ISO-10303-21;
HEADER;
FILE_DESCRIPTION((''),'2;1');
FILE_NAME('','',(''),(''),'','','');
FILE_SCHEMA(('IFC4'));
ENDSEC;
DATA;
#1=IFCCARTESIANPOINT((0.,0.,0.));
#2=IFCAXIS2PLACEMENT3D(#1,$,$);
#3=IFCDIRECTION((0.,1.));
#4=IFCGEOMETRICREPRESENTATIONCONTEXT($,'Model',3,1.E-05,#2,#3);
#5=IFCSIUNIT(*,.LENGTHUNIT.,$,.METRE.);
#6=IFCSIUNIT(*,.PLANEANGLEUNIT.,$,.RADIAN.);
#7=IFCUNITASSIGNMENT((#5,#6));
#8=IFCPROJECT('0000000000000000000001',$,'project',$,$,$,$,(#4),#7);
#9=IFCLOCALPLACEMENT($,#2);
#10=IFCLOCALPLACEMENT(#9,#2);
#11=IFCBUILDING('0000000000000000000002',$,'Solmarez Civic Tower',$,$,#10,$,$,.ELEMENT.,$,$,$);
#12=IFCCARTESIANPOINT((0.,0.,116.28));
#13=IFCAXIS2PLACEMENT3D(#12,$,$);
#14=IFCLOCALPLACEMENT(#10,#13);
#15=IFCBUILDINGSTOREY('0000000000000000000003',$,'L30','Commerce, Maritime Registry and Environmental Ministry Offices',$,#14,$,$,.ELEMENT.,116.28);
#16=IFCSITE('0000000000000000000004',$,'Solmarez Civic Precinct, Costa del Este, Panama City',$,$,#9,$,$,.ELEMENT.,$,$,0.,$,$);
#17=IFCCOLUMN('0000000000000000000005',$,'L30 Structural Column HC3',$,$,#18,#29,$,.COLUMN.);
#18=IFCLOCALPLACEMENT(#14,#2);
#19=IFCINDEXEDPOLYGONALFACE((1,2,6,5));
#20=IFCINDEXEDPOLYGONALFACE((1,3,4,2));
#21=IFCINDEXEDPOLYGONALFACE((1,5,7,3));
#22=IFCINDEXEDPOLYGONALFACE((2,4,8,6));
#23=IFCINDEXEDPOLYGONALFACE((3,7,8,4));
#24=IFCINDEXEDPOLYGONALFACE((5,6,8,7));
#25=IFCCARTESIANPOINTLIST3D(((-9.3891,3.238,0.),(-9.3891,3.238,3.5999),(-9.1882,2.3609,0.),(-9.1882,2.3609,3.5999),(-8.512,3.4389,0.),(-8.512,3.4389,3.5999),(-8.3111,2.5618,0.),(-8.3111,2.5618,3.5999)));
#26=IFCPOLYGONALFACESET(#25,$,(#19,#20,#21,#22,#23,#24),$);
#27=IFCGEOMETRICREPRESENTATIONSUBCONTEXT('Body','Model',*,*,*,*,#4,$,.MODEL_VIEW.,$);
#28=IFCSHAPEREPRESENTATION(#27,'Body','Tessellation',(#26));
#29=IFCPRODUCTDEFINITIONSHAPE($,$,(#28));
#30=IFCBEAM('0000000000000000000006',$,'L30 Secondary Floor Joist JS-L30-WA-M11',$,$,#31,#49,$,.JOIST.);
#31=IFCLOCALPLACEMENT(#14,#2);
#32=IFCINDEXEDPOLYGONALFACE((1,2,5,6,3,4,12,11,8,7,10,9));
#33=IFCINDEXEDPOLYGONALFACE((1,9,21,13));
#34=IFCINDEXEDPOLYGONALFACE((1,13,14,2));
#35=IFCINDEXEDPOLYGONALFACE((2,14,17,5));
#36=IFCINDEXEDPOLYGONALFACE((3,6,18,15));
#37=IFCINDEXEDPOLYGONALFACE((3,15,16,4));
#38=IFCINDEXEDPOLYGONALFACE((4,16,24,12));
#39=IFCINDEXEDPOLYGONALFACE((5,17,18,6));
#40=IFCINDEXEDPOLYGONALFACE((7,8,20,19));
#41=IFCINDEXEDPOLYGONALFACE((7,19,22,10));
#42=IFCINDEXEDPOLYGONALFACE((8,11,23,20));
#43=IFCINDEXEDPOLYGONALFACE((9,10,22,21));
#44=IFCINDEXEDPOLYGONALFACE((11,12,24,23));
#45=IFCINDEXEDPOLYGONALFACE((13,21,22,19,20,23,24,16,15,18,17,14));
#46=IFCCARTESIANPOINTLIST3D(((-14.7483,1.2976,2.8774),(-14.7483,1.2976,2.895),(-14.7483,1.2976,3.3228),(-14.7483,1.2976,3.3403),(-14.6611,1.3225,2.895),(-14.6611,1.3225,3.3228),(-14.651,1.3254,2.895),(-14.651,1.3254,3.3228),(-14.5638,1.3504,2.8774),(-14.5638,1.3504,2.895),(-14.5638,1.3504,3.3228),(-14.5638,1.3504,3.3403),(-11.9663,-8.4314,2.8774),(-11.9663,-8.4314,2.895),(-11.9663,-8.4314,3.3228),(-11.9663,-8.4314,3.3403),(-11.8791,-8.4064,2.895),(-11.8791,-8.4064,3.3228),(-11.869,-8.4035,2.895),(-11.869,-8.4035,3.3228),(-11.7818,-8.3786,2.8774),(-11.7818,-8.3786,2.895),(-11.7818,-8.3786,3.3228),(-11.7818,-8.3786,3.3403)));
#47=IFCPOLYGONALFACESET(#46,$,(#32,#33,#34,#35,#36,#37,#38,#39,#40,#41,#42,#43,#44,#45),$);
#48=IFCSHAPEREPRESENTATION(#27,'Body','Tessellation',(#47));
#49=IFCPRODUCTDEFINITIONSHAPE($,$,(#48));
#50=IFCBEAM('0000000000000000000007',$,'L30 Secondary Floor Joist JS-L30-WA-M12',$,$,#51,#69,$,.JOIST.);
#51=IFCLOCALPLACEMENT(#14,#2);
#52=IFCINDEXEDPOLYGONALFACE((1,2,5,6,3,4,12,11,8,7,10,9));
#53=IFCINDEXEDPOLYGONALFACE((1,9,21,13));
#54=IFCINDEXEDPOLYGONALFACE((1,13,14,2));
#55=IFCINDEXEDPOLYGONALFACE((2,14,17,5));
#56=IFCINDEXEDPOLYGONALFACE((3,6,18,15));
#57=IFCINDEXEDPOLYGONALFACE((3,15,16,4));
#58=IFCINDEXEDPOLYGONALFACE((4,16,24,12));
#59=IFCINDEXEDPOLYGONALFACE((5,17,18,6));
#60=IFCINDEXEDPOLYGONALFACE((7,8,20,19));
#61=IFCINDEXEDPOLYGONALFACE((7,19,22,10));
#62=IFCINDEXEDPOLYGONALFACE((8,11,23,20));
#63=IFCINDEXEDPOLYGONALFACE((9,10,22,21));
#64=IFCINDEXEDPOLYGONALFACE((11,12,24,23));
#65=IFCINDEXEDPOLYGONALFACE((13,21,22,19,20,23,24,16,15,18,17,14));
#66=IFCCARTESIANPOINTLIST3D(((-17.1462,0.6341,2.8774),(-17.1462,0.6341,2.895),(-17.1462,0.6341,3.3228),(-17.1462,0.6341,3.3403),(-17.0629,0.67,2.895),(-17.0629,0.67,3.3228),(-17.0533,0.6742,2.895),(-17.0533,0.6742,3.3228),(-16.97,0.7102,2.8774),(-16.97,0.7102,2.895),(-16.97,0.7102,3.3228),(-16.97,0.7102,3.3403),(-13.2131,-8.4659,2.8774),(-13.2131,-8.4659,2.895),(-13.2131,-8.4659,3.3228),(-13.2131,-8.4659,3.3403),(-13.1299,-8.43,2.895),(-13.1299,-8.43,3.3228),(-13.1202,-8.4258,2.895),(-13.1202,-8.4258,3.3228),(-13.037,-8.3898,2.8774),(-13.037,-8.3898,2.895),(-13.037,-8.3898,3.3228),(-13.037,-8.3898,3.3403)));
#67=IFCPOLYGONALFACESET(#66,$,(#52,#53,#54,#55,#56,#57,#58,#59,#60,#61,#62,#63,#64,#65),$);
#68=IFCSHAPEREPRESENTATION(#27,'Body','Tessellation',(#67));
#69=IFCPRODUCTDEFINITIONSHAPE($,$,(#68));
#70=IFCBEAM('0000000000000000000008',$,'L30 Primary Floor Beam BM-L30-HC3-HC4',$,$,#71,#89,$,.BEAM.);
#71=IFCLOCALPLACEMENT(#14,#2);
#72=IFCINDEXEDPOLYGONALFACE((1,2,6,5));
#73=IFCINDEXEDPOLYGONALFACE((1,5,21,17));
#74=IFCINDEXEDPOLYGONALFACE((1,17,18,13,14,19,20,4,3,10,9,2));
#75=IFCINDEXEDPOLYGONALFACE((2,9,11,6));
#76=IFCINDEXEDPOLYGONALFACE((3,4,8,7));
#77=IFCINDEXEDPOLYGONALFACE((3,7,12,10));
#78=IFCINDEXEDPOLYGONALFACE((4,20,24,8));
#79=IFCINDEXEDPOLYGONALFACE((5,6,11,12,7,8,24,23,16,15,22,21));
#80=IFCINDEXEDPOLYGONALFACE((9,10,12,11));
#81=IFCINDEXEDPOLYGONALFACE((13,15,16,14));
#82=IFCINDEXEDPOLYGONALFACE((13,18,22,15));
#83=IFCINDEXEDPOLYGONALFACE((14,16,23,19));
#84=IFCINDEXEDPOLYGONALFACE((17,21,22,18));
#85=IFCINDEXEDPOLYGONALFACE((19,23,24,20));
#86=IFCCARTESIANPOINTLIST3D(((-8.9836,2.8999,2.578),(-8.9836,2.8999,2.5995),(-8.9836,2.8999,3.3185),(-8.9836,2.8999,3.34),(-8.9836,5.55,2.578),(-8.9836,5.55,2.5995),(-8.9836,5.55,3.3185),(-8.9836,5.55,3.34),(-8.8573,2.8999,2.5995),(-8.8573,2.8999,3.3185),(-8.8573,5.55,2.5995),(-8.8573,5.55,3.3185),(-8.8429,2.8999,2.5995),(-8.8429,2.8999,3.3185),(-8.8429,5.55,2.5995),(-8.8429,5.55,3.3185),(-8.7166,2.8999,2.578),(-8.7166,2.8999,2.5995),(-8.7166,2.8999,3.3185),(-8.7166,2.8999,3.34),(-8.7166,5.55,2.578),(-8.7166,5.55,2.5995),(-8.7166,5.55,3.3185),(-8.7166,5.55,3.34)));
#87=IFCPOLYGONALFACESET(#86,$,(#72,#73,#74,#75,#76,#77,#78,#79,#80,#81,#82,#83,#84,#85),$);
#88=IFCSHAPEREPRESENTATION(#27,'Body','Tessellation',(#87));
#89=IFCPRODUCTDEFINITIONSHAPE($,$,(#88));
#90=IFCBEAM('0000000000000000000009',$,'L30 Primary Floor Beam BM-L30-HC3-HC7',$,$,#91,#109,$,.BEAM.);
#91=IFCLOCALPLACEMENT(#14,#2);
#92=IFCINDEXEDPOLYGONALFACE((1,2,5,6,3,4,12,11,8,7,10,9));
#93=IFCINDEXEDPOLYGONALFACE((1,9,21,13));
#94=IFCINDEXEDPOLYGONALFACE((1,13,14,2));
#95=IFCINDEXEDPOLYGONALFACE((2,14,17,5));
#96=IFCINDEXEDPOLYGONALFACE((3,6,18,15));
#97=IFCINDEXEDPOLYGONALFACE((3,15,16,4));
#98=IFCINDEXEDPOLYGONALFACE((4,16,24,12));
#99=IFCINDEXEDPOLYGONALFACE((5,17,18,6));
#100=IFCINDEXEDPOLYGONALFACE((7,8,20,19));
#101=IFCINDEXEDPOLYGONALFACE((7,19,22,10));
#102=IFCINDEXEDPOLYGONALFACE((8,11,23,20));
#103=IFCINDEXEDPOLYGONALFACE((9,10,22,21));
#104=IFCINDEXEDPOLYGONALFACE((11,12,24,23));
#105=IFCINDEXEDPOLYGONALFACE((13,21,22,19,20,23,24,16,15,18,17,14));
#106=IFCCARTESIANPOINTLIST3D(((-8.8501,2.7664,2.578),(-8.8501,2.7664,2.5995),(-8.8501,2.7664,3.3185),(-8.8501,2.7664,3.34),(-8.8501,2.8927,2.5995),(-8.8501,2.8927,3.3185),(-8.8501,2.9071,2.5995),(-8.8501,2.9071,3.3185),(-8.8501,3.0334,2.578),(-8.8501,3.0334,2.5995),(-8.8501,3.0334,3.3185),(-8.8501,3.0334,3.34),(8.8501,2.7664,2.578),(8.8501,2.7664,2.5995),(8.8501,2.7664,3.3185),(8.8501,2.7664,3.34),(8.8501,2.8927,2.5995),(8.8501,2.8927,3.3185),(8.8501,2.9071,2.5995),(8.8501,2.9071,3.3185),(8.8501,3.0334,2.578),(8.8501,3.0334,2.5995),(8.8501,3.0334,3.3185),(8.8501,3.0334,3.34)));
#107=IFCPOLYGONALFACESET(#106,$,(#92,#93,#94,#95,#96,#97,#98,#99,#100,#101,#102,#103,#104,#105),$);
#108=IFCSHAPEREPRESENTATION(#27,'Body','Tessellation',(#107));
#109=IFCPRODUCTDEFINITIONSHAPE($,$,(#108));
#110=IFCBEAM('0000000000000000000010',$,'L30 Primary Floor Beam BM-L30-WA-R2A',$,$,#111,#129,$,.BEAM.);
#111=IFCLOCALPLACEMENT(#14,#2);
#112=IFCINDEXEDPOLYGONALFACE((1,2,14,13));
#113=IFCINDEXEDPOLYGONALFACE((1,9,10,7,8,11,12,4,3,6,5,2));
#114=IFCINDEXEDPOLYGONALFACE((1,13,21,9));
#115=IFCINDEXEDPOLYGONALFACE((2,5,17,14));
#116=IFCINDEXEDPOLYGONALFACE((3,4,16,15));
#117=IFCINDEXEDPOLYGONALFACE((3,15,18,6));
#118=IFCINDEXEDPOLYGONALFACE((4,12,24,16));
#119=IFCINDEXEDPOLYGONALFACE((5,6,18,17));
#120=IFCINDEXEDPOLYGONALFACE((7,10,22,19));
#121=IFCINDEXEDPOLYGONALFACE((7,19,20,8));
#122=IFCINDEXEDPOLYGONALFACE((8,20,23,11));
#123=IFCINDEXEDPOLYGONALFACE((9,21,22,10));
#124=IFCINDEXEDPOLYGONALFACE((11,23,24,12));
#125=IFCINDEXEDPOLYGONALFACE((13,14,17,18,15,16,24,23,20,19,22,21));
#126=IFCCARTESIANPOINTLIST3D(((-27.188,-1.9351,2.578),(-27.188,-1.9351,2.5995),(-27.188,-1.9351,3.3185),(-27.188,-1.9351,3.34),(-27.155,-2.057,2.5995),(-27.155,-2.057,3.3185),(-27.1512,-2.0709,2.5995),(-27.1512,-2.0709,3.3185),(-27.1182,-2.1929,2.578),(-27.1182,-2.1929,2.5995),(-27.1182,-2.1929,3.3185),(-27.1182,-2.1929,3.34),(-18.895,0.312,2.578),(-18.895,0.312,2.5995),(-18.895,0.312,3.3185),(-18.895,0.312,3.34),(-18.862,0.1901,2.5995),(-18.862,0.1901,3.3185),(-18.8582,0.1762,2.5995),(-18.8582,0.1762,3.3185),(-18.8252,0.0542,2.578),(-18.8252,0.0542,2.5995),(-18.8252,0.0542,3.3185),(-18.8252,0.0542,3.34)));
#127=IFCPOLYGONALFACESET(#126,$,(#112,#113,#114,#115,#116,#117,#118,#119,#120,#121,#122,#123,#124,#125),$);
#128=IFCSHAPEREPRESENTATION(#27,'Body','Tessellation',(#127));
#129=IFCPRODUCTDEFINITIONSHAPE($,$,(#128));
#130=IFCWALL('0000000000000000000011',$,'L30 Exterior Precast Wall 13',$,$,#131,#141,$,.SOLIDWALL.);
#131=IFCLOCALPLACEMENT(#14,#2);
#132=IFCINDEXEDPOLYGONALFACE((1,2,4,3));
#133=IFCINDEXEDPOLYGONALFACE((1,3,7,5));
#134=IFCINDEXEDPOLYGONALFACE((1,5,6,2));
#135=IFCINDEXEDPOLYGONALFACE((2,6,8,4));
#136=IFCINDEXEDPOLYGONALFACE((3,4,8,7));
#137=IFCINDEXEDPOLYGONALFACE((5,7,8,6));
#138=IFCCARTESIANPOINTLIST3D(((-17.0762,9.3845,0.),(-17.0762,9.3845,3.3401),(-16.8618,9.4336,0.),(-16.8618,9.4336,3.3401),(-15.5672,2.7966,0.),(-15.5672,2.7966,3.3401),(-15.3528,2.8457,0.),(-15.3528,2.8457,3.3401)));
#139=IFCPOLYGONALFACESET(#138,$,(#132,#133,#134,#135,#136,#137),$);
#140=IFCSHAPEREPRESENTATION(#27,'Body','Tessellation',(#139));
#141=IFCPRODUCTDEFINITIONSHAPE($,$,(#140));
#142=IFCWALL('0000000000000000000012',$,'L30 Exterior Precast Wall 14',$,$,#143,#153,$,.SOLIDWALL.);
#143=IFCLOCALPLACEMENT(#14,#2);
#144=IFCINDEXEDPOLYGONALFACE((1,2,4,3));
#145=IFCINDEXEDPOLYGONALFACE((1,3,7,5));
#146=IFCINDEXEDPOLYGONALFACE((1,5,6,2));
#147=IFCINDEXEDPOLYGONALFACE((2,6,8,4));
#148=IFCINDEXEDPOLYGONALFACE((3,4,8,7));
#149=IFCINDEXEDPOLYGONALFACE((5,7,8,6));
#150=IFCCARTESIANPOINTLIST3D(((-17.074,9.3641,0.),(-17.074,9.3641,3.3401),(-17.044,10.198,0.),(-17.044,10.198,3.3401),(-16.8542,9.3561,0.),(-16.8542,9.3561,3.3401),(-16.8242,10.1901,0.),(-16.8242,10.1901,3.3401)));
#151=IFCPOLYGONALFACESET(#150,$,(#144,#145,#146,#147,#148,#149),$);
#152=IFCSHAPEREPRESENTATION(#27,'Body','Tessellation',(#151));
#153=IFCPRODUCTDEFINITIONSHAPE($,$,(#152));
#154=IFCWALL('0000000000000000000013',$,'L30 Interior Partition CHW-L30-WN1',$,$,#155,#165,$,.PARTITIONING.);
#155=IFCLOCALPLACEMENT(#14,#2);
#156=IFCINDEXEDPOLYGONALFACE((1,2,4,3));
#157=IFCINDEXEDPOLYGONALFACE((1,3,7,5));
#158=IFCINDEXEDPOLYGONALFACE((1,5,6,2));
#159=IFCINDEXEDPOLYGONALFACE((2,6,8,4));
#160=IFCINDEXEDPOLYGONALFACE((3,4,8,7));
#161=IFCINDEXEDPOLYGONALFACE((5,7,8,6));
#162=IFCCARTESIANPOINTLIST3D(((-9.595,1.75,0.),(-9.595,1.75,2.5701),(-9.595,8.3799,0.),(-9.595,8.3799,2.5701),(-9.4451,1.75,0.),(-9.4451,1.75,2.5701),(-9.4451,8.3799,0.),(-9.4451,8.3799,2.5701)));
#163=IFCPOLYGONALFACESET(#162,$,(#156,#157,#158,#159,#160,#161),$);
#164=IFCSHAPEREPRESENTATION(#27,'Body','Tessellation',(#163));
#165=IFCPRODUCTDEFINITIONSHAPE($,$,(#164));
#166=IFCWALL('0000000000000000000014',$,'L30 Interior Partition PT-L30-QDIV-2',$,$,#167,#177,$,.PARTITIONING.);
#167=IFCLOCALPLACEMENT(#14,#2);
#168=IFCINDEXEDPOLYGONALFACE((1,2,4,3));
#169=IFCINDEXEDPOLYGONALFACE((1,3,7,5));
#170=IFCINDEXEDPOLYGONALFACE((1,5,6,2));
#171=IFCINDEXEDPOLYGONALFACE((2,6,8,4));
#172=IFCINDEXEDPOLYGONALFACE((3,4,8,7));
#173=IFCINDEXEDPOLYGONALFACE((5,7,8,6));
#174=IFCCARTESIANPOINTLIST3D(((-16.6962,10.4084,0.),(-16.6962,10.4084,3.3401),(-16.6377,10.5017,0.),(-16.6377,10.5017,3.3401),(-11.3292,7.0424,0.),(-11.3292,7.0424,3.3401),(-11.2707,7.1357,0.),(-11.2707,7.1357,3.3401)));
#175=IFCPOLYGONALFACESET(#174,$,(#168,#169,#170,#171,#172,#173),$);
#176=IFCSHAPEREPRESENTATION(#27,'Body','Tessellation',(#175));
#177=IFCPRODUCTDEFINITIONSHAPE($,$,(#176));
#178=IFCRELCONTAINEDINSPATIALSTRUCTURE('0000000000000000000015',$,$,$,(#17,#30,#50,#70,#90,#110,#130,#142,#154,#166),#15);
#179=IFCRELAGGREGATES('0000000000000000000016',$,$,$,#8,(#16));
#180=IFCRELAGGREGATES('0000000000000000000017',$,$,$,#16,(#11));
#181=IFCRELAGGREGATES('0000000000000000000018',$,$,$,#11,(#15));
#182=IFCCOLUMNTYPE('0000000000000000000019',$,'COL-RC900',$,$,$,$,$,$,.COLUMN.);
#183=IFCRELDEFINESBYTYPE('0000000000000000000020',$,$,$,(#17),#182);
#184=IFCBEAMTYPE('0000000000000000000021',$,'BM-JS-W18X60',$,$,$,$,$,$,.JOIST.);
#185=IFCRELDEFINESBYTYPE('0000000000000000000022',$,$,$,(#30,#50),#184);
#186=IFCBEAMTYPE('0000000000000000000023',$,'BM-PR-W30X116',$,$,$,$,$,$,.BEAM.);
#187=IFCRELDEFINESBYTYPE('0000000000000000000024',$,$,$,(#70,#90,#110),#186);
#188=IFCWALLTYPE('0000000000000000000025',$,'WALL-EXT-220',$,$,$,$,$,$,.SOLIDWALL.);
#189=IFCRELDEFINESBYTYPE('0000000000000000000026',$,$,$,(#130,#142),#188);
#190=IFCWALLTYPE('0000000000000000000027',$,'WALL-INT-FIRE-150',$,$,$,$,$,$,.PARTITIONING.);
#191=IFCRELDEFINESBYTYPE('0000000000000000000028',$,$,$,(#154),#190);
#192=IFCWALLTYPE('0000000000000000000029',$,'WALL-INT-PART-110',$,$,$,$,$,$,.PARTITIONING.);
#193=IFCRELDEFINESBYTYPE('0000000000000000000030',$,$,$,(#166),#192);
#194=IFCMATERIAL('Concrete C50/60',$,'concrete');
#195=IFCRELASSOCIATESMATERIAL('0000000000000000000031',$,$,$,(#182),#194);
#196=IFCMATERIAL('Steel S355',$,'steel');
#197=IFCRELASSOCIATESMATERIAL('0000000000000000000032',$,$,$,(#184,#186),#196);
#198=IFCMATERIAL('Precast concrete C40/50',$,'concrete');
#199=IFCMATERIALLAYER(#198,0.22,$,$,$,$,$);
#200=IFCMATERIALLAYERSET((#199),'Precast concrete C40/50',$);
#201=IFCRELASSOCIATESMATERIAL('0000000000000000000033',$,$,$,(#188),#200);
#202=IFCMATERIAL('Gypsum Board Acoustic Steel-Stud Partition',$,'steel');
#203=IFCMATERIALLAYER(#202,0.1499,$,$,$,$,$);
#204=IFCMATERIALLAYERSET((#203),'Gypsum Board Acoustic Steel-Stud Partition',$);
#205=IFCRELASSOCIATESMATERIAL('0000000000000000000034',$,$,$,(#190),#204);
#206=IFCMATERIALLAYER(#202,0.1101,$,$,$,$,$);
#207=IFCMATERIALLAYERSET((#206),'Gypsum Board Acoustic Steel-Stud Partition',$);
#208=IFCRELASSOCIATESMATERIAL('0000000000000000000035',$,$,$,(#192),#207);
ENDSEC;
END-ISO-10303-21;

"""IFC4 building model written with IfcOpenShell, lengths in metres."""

from ifc_helpers import new_model, si_unit, direction, frame, frame_2d, origin, origin_2d, place, context, subcontext, project, spatial, rectangle, i_section, extrude, material, layer, layer_set, material_profile, profile_set, type_object, element, save


model = new_model("IFC4")

# Units and contexts
model_context = context("Model", 3, precision=1e-05, world=origin(), true_north=direction((0.0, 1.0)))
body_context = subcontext(model_context, "Body", "Model", "MODEL_VIEW")
ifc_project = project(units=[si_unit("LENGTHUNIT", "METRE"), si_unit("PLANEANGLEUNIT", "RADIAN")], contexts=[model_context])

# Site, building, storey
site_placement = place(None, origin())
site = spatial("IfcSite", under=ifc_project, at=site_placement, Name="Solmarez Civic Precinct, Costa del Este, Panama City", CompositionType="ELEMENT", RefElevation=0.0)
building_placement = place(site_placement, origin())
building = spatial("IfcBuilding", under=site, at=building_placement, Name="Solmarez Civic Tower", CompositionType="ELEMENT")
storey_placement = place(building_placement, frame((0.0, 0.0, 116.28)))
storey = spatial("IfcBuildingStorey", under=building, at=storey_placement, Name="L30", Description="Commerce, Maritime Registry and Environmental Ministry Offices", CompositionType="ELEMENT", Elevation=116.28)

# Column
ifc_material_1 = material(Name="Concrete C50/60", Category="concrete")
ifc_material_profile_1 = material_profile(ifc_material_1, rectangle(XDim=0.8999, YDim=0.8999, at=origin_2d()), Name="RC900X900")
ifc_profile_set_1 = profile_set([ifc_material_profile_1], Name="Concrete C50/60")
column_type = type_object("IfcColumnType", Name="COL-RC900", PredefinedType="COLUMN", material=ifc_profile_set_1)
column_placement = place(storey_placement, frame((-8.8501, 2.8999, 0.0), z_axis=(0.0, 0.0, 1.0), x_axis=(0.974761, 0.22325, 0.0)))
element("IfcColumn", 1, at=column_placement, inside=storey, type_object=column_type, Name="L30 Structural Column HC3", PredefinedType="COLUMN", context=body_context, shape_type="SweptSolid", body=[
    extrude(rectangle(XDim=0.8999, YDim=0.8999, at=origin_2d()), origin(), (0.0, 0.0, 1.0), 3.5999),
])

# Beams
ifc_material_2 = material(Name="Steel S355", Category="steel")
ifc_material_profile_2 = material_profile(ifc_material_2, i_section(OverallWidth=0.1919, OverallDepth=0.4629, WebThickness=0.0105, FlangeThickness=0.0176, at=origin_2d()), Name="W18X60")
ifc_profile_set_2 = profile_set([ifc_material_profile_2], Name="Steel S355")
beam_type_1 = type_object("IfcBeamType", Name="BM-JS-W18X60", PredefinedType="JOIST", material=ifc_profile_set_2)
beam_1_placement = place(storey_placement, frame((-14.656, 1.324, 3.1089), z_axis=(0.274928, -0.961465, 0.0), x_axis=(0.961465, 0.274928, 0.0)))
element("IfcBeam", 2, at=beam_1_placement, inside=storey, type_object=beam_type_1, Name="L30 Secondary Floor Joist JS-L30-WA-M11", PredefinedType="JOIST", context=body_context, shape_type="SweptSolid", body=[
    extrude(i_section(OverallWidth=0.1919, OverallDepth=0.4629, WebThickness=0.0105, FlangeThickness=0.0176, at=origin_2d()), origin(), (0.0, 0.0, 1.0), 10.1189),
])
beam_2_placement = place(storey_placement, frame((-17.0581, 0.6721, 3.1089), z_axis=(0.396735, -0.917933, 0.0), x_axis=(0.917933, 0.396735, 0.0)))
element("IfcBeam", 3, at=beam_2_placement, inside=storey, type_object=beam_type_1, Name="L30 Secondary Floor Joist JS-L30-WA-M12", PredefinedType="JOIST", context=body_context, shape_type="SweptSolid", body=[
    extrude(i_section(OverallWidth=0.1919, OverallDepth=0.4629, WebThickness=0.0105, FlangeThickness=0.0176, at=origin_2d()), origin(), (0.0, 0.0, 1.0), 9.9136),
])
ifc_material_profile_3 = material_profile(ifc_material_2, i_section(OverallWidth=0.2671, OverallDepth=0.762, WebThickness=0.0144, FlangeThickness=0.0215, at=origin_2d()), Name="W30X116")
ifc_profile_set_3 = profile_set([ifc_material_profile_3], Name="Steel S355")
beam_type_2 = type_object("IfcBeamType", Name="BM-PR-W30X116", PredefinedType="BEAM", material=ifc_profile_set_3)
beam_3_placement = place(storey_placement, frame((-8.8501, 2.8999, 2.959), z_axis=(0.0, 1.0, 0.0), x_axis=(-1.0, 0.0, 0.0)))
element("IfcBeam", 4, at=beam_3_placement, inside=storey, type_object=beam_type_2, Name="L30 Primary Floor Beam BM-L30-HC3-HC4", PredefinedType="BEAM", context=body_context, shape_type="SweptSolid", body=[
    extrude(i_section(OverallWidth=0.2671, OverallDepth=0.762, WebThickness=0.0144, FlangeThickness=0.0215, at=origin_2d()), origin(), (0.0, 0.0, 1.0), 2.6501),
])
beam_4_placement = place(storey_placement, frame((-8.8501, 2.8999, 2.959), z_axis=(1.0, 0.0, 0.0), x_axis=(0.0, 1.0, 0.0)))
element("IfcBeam", 5, at=beam_4_placement, inside=storey, type_object=beam_type_2, Name="L30 Primary Floor Beam BM-L30-HC3-HC7", PredefinedType="BEAM", context=body_context, shape_type="SweptSolid", body=[
    extrude(i_section(OverallWidth=0.2671, OverallDepth=0.762, WebThickness=0.0144, FlangeThickness=0.0215, at=origin_2d()), origin(), (0.0, 0.0, 1.0), 17.7002),
])
beam_5_placement = place(storey_placement, frame((-18.8601, 0.1831, 2.959), z_axis=(-0.965195, -0.26153, 0.0), x_axis=(0.26153, -0.965195, 0.0)))
element("IfcBeam", 6, at=beam_5_placement, inside=storey, type_object=beam_type_2, Name="L30 Primary Floor Beam BM-L30-WA-R2A", PredefinedType="BEAM", context=body_context, shape_type="SweptSolid", body=[
    extrude(i_section(OverallWidth=0.2671, OverallDepth=0.762, WebThickness=0.0144, FlangeThickness=0.0215, at=origin_2d()), origin(), (0.0, 0.0, 1.0), 8.592),
])

# Walls
ifc_material_3 = material(Name="Precast concrete C40/50", Category="concrete")
ifc_layer_1 = layer(ifc_material_3, 0.22)
ifc_layer_set_1 = layer_set([ifc_layer_1], Name="Precast concrete C40/50")
wall_type_1 = type_object("IfcWallType", Name="WALL-EXT-220", PredefinedType="SOLIDWALL", material=ifc_layer_set_1)
wall_1_placement = place(storey_placement, frame((-15.46, 2.821, 0.0), z_axis=(0.0, 0.0, 1.0), x_axis=(-0.223279, 0.974755, 0.0)))
element("IfcWall", 7, at=wall_1_placement, inside=storey, type_object=wall_type_1, Name="L30 Exterior Precast Wall 13", PredefinedType="SOLIDWALL", context=body_context, shape_type="SweptSolid", body=[
    extrude(rectangle(XDim=6.7585, YDim=0.22, at=frame_2d((3.3794, 0.0))), origin(), (0.0, 0.0, 1.0), 3.3401),
])
wall_2_placement = place(storey_placement, frame((-16.9641, 9.3601, 0.0), z_axis=(0.0, 0.0, 1.0), x_axis=(0.035984, 0.999352, 0.0)))
element("IfcWall", 8, at=wall_2_placement, inside=storey, type_object=wall_type_1, Name="L30 Exterior Precast Wall 14", PredefinedType="SOLIDWALL", context=body_context, shape_type="SweptSolid", body=[
    extrude(rectangle(XDim=0.8345, YDim=0.22, at=frame_2d((0.4172, 0.0))), origin(), (0.0, 0.0, 1.0), 3.3401),
])
ifc_material_4 = material(Name="Gypsum Board Acoustic Steel-Stud Partition", Category="steel")
ifc_layer_2 = layer(ifc_material_4, 0.1499)
ifc_layer_set_2 = layer_set([ifc_layer_2], Name="Gypsum Board Acoustic Steel-Stud Partition")
wall_type_2 = type_object("IfcWallType", Name="WALL-INT-FIRE-150", PredefinedType="PARTITIONING", material=ifc_layer_set_2)
wall_3_placement = place(storey_placement, frame((-9.52, 1.75, 0.0), z_axis=(0.0, 0.0, 1.0), x_axis=(0.0, 1.0, 0.0)))
element("IfcWall", 9, at=wall_3_placement, inside=storey, type_object=wall_type_2, Name="L30 Interior Partition CHW-L30-WN1", PredefinedType="PARTITIONING", context=body_context, shape_type="SweptSolid", body=[
    extrude(rectangle(XDim=6.6299, YDim=0.1499, at=frame_2d((3.3149, 0.0))), origin(), (0.0, 0.0, 1.0), 2.5701),
])
ifc_layer_3 = layer(ifc_material_4, 0.1101)
ifc_layer_set_3 = layer_set([ifc_layer_3], Name="Gypsum Board Acoustic Steel-Stud Partition")
wall_type_3 = type_object("IfcWallType", Name="WALL-INT-PART-110", PredefinedType="PARTITIONING", material=ifc_layer_set_3)
wall_4_placement = place(storey_placement, frame((-11.3, 7.0891, 0.0), z_axis=(0.0, 0.0, 1.0), x_axis=(-0.847172, 0.531318, 0.0)))
element("IfcWall", 10, at=wall_4_placement, inside=storey, type_object=wall_type_3, Name="L30 Interior Partition PT-L30-QDIV-2", PredefinedType="PARTITIONING", context=body_context, shape_type="SweptSolid", body=[
    extrude(rectangle(XDim=6.3352, YDim=0.1101, at=frame_2d((3.1675, 0.0))), origin(), (0.0, 0.0, 1.0), 3.3401),
])

save(model, "model.ifc")
